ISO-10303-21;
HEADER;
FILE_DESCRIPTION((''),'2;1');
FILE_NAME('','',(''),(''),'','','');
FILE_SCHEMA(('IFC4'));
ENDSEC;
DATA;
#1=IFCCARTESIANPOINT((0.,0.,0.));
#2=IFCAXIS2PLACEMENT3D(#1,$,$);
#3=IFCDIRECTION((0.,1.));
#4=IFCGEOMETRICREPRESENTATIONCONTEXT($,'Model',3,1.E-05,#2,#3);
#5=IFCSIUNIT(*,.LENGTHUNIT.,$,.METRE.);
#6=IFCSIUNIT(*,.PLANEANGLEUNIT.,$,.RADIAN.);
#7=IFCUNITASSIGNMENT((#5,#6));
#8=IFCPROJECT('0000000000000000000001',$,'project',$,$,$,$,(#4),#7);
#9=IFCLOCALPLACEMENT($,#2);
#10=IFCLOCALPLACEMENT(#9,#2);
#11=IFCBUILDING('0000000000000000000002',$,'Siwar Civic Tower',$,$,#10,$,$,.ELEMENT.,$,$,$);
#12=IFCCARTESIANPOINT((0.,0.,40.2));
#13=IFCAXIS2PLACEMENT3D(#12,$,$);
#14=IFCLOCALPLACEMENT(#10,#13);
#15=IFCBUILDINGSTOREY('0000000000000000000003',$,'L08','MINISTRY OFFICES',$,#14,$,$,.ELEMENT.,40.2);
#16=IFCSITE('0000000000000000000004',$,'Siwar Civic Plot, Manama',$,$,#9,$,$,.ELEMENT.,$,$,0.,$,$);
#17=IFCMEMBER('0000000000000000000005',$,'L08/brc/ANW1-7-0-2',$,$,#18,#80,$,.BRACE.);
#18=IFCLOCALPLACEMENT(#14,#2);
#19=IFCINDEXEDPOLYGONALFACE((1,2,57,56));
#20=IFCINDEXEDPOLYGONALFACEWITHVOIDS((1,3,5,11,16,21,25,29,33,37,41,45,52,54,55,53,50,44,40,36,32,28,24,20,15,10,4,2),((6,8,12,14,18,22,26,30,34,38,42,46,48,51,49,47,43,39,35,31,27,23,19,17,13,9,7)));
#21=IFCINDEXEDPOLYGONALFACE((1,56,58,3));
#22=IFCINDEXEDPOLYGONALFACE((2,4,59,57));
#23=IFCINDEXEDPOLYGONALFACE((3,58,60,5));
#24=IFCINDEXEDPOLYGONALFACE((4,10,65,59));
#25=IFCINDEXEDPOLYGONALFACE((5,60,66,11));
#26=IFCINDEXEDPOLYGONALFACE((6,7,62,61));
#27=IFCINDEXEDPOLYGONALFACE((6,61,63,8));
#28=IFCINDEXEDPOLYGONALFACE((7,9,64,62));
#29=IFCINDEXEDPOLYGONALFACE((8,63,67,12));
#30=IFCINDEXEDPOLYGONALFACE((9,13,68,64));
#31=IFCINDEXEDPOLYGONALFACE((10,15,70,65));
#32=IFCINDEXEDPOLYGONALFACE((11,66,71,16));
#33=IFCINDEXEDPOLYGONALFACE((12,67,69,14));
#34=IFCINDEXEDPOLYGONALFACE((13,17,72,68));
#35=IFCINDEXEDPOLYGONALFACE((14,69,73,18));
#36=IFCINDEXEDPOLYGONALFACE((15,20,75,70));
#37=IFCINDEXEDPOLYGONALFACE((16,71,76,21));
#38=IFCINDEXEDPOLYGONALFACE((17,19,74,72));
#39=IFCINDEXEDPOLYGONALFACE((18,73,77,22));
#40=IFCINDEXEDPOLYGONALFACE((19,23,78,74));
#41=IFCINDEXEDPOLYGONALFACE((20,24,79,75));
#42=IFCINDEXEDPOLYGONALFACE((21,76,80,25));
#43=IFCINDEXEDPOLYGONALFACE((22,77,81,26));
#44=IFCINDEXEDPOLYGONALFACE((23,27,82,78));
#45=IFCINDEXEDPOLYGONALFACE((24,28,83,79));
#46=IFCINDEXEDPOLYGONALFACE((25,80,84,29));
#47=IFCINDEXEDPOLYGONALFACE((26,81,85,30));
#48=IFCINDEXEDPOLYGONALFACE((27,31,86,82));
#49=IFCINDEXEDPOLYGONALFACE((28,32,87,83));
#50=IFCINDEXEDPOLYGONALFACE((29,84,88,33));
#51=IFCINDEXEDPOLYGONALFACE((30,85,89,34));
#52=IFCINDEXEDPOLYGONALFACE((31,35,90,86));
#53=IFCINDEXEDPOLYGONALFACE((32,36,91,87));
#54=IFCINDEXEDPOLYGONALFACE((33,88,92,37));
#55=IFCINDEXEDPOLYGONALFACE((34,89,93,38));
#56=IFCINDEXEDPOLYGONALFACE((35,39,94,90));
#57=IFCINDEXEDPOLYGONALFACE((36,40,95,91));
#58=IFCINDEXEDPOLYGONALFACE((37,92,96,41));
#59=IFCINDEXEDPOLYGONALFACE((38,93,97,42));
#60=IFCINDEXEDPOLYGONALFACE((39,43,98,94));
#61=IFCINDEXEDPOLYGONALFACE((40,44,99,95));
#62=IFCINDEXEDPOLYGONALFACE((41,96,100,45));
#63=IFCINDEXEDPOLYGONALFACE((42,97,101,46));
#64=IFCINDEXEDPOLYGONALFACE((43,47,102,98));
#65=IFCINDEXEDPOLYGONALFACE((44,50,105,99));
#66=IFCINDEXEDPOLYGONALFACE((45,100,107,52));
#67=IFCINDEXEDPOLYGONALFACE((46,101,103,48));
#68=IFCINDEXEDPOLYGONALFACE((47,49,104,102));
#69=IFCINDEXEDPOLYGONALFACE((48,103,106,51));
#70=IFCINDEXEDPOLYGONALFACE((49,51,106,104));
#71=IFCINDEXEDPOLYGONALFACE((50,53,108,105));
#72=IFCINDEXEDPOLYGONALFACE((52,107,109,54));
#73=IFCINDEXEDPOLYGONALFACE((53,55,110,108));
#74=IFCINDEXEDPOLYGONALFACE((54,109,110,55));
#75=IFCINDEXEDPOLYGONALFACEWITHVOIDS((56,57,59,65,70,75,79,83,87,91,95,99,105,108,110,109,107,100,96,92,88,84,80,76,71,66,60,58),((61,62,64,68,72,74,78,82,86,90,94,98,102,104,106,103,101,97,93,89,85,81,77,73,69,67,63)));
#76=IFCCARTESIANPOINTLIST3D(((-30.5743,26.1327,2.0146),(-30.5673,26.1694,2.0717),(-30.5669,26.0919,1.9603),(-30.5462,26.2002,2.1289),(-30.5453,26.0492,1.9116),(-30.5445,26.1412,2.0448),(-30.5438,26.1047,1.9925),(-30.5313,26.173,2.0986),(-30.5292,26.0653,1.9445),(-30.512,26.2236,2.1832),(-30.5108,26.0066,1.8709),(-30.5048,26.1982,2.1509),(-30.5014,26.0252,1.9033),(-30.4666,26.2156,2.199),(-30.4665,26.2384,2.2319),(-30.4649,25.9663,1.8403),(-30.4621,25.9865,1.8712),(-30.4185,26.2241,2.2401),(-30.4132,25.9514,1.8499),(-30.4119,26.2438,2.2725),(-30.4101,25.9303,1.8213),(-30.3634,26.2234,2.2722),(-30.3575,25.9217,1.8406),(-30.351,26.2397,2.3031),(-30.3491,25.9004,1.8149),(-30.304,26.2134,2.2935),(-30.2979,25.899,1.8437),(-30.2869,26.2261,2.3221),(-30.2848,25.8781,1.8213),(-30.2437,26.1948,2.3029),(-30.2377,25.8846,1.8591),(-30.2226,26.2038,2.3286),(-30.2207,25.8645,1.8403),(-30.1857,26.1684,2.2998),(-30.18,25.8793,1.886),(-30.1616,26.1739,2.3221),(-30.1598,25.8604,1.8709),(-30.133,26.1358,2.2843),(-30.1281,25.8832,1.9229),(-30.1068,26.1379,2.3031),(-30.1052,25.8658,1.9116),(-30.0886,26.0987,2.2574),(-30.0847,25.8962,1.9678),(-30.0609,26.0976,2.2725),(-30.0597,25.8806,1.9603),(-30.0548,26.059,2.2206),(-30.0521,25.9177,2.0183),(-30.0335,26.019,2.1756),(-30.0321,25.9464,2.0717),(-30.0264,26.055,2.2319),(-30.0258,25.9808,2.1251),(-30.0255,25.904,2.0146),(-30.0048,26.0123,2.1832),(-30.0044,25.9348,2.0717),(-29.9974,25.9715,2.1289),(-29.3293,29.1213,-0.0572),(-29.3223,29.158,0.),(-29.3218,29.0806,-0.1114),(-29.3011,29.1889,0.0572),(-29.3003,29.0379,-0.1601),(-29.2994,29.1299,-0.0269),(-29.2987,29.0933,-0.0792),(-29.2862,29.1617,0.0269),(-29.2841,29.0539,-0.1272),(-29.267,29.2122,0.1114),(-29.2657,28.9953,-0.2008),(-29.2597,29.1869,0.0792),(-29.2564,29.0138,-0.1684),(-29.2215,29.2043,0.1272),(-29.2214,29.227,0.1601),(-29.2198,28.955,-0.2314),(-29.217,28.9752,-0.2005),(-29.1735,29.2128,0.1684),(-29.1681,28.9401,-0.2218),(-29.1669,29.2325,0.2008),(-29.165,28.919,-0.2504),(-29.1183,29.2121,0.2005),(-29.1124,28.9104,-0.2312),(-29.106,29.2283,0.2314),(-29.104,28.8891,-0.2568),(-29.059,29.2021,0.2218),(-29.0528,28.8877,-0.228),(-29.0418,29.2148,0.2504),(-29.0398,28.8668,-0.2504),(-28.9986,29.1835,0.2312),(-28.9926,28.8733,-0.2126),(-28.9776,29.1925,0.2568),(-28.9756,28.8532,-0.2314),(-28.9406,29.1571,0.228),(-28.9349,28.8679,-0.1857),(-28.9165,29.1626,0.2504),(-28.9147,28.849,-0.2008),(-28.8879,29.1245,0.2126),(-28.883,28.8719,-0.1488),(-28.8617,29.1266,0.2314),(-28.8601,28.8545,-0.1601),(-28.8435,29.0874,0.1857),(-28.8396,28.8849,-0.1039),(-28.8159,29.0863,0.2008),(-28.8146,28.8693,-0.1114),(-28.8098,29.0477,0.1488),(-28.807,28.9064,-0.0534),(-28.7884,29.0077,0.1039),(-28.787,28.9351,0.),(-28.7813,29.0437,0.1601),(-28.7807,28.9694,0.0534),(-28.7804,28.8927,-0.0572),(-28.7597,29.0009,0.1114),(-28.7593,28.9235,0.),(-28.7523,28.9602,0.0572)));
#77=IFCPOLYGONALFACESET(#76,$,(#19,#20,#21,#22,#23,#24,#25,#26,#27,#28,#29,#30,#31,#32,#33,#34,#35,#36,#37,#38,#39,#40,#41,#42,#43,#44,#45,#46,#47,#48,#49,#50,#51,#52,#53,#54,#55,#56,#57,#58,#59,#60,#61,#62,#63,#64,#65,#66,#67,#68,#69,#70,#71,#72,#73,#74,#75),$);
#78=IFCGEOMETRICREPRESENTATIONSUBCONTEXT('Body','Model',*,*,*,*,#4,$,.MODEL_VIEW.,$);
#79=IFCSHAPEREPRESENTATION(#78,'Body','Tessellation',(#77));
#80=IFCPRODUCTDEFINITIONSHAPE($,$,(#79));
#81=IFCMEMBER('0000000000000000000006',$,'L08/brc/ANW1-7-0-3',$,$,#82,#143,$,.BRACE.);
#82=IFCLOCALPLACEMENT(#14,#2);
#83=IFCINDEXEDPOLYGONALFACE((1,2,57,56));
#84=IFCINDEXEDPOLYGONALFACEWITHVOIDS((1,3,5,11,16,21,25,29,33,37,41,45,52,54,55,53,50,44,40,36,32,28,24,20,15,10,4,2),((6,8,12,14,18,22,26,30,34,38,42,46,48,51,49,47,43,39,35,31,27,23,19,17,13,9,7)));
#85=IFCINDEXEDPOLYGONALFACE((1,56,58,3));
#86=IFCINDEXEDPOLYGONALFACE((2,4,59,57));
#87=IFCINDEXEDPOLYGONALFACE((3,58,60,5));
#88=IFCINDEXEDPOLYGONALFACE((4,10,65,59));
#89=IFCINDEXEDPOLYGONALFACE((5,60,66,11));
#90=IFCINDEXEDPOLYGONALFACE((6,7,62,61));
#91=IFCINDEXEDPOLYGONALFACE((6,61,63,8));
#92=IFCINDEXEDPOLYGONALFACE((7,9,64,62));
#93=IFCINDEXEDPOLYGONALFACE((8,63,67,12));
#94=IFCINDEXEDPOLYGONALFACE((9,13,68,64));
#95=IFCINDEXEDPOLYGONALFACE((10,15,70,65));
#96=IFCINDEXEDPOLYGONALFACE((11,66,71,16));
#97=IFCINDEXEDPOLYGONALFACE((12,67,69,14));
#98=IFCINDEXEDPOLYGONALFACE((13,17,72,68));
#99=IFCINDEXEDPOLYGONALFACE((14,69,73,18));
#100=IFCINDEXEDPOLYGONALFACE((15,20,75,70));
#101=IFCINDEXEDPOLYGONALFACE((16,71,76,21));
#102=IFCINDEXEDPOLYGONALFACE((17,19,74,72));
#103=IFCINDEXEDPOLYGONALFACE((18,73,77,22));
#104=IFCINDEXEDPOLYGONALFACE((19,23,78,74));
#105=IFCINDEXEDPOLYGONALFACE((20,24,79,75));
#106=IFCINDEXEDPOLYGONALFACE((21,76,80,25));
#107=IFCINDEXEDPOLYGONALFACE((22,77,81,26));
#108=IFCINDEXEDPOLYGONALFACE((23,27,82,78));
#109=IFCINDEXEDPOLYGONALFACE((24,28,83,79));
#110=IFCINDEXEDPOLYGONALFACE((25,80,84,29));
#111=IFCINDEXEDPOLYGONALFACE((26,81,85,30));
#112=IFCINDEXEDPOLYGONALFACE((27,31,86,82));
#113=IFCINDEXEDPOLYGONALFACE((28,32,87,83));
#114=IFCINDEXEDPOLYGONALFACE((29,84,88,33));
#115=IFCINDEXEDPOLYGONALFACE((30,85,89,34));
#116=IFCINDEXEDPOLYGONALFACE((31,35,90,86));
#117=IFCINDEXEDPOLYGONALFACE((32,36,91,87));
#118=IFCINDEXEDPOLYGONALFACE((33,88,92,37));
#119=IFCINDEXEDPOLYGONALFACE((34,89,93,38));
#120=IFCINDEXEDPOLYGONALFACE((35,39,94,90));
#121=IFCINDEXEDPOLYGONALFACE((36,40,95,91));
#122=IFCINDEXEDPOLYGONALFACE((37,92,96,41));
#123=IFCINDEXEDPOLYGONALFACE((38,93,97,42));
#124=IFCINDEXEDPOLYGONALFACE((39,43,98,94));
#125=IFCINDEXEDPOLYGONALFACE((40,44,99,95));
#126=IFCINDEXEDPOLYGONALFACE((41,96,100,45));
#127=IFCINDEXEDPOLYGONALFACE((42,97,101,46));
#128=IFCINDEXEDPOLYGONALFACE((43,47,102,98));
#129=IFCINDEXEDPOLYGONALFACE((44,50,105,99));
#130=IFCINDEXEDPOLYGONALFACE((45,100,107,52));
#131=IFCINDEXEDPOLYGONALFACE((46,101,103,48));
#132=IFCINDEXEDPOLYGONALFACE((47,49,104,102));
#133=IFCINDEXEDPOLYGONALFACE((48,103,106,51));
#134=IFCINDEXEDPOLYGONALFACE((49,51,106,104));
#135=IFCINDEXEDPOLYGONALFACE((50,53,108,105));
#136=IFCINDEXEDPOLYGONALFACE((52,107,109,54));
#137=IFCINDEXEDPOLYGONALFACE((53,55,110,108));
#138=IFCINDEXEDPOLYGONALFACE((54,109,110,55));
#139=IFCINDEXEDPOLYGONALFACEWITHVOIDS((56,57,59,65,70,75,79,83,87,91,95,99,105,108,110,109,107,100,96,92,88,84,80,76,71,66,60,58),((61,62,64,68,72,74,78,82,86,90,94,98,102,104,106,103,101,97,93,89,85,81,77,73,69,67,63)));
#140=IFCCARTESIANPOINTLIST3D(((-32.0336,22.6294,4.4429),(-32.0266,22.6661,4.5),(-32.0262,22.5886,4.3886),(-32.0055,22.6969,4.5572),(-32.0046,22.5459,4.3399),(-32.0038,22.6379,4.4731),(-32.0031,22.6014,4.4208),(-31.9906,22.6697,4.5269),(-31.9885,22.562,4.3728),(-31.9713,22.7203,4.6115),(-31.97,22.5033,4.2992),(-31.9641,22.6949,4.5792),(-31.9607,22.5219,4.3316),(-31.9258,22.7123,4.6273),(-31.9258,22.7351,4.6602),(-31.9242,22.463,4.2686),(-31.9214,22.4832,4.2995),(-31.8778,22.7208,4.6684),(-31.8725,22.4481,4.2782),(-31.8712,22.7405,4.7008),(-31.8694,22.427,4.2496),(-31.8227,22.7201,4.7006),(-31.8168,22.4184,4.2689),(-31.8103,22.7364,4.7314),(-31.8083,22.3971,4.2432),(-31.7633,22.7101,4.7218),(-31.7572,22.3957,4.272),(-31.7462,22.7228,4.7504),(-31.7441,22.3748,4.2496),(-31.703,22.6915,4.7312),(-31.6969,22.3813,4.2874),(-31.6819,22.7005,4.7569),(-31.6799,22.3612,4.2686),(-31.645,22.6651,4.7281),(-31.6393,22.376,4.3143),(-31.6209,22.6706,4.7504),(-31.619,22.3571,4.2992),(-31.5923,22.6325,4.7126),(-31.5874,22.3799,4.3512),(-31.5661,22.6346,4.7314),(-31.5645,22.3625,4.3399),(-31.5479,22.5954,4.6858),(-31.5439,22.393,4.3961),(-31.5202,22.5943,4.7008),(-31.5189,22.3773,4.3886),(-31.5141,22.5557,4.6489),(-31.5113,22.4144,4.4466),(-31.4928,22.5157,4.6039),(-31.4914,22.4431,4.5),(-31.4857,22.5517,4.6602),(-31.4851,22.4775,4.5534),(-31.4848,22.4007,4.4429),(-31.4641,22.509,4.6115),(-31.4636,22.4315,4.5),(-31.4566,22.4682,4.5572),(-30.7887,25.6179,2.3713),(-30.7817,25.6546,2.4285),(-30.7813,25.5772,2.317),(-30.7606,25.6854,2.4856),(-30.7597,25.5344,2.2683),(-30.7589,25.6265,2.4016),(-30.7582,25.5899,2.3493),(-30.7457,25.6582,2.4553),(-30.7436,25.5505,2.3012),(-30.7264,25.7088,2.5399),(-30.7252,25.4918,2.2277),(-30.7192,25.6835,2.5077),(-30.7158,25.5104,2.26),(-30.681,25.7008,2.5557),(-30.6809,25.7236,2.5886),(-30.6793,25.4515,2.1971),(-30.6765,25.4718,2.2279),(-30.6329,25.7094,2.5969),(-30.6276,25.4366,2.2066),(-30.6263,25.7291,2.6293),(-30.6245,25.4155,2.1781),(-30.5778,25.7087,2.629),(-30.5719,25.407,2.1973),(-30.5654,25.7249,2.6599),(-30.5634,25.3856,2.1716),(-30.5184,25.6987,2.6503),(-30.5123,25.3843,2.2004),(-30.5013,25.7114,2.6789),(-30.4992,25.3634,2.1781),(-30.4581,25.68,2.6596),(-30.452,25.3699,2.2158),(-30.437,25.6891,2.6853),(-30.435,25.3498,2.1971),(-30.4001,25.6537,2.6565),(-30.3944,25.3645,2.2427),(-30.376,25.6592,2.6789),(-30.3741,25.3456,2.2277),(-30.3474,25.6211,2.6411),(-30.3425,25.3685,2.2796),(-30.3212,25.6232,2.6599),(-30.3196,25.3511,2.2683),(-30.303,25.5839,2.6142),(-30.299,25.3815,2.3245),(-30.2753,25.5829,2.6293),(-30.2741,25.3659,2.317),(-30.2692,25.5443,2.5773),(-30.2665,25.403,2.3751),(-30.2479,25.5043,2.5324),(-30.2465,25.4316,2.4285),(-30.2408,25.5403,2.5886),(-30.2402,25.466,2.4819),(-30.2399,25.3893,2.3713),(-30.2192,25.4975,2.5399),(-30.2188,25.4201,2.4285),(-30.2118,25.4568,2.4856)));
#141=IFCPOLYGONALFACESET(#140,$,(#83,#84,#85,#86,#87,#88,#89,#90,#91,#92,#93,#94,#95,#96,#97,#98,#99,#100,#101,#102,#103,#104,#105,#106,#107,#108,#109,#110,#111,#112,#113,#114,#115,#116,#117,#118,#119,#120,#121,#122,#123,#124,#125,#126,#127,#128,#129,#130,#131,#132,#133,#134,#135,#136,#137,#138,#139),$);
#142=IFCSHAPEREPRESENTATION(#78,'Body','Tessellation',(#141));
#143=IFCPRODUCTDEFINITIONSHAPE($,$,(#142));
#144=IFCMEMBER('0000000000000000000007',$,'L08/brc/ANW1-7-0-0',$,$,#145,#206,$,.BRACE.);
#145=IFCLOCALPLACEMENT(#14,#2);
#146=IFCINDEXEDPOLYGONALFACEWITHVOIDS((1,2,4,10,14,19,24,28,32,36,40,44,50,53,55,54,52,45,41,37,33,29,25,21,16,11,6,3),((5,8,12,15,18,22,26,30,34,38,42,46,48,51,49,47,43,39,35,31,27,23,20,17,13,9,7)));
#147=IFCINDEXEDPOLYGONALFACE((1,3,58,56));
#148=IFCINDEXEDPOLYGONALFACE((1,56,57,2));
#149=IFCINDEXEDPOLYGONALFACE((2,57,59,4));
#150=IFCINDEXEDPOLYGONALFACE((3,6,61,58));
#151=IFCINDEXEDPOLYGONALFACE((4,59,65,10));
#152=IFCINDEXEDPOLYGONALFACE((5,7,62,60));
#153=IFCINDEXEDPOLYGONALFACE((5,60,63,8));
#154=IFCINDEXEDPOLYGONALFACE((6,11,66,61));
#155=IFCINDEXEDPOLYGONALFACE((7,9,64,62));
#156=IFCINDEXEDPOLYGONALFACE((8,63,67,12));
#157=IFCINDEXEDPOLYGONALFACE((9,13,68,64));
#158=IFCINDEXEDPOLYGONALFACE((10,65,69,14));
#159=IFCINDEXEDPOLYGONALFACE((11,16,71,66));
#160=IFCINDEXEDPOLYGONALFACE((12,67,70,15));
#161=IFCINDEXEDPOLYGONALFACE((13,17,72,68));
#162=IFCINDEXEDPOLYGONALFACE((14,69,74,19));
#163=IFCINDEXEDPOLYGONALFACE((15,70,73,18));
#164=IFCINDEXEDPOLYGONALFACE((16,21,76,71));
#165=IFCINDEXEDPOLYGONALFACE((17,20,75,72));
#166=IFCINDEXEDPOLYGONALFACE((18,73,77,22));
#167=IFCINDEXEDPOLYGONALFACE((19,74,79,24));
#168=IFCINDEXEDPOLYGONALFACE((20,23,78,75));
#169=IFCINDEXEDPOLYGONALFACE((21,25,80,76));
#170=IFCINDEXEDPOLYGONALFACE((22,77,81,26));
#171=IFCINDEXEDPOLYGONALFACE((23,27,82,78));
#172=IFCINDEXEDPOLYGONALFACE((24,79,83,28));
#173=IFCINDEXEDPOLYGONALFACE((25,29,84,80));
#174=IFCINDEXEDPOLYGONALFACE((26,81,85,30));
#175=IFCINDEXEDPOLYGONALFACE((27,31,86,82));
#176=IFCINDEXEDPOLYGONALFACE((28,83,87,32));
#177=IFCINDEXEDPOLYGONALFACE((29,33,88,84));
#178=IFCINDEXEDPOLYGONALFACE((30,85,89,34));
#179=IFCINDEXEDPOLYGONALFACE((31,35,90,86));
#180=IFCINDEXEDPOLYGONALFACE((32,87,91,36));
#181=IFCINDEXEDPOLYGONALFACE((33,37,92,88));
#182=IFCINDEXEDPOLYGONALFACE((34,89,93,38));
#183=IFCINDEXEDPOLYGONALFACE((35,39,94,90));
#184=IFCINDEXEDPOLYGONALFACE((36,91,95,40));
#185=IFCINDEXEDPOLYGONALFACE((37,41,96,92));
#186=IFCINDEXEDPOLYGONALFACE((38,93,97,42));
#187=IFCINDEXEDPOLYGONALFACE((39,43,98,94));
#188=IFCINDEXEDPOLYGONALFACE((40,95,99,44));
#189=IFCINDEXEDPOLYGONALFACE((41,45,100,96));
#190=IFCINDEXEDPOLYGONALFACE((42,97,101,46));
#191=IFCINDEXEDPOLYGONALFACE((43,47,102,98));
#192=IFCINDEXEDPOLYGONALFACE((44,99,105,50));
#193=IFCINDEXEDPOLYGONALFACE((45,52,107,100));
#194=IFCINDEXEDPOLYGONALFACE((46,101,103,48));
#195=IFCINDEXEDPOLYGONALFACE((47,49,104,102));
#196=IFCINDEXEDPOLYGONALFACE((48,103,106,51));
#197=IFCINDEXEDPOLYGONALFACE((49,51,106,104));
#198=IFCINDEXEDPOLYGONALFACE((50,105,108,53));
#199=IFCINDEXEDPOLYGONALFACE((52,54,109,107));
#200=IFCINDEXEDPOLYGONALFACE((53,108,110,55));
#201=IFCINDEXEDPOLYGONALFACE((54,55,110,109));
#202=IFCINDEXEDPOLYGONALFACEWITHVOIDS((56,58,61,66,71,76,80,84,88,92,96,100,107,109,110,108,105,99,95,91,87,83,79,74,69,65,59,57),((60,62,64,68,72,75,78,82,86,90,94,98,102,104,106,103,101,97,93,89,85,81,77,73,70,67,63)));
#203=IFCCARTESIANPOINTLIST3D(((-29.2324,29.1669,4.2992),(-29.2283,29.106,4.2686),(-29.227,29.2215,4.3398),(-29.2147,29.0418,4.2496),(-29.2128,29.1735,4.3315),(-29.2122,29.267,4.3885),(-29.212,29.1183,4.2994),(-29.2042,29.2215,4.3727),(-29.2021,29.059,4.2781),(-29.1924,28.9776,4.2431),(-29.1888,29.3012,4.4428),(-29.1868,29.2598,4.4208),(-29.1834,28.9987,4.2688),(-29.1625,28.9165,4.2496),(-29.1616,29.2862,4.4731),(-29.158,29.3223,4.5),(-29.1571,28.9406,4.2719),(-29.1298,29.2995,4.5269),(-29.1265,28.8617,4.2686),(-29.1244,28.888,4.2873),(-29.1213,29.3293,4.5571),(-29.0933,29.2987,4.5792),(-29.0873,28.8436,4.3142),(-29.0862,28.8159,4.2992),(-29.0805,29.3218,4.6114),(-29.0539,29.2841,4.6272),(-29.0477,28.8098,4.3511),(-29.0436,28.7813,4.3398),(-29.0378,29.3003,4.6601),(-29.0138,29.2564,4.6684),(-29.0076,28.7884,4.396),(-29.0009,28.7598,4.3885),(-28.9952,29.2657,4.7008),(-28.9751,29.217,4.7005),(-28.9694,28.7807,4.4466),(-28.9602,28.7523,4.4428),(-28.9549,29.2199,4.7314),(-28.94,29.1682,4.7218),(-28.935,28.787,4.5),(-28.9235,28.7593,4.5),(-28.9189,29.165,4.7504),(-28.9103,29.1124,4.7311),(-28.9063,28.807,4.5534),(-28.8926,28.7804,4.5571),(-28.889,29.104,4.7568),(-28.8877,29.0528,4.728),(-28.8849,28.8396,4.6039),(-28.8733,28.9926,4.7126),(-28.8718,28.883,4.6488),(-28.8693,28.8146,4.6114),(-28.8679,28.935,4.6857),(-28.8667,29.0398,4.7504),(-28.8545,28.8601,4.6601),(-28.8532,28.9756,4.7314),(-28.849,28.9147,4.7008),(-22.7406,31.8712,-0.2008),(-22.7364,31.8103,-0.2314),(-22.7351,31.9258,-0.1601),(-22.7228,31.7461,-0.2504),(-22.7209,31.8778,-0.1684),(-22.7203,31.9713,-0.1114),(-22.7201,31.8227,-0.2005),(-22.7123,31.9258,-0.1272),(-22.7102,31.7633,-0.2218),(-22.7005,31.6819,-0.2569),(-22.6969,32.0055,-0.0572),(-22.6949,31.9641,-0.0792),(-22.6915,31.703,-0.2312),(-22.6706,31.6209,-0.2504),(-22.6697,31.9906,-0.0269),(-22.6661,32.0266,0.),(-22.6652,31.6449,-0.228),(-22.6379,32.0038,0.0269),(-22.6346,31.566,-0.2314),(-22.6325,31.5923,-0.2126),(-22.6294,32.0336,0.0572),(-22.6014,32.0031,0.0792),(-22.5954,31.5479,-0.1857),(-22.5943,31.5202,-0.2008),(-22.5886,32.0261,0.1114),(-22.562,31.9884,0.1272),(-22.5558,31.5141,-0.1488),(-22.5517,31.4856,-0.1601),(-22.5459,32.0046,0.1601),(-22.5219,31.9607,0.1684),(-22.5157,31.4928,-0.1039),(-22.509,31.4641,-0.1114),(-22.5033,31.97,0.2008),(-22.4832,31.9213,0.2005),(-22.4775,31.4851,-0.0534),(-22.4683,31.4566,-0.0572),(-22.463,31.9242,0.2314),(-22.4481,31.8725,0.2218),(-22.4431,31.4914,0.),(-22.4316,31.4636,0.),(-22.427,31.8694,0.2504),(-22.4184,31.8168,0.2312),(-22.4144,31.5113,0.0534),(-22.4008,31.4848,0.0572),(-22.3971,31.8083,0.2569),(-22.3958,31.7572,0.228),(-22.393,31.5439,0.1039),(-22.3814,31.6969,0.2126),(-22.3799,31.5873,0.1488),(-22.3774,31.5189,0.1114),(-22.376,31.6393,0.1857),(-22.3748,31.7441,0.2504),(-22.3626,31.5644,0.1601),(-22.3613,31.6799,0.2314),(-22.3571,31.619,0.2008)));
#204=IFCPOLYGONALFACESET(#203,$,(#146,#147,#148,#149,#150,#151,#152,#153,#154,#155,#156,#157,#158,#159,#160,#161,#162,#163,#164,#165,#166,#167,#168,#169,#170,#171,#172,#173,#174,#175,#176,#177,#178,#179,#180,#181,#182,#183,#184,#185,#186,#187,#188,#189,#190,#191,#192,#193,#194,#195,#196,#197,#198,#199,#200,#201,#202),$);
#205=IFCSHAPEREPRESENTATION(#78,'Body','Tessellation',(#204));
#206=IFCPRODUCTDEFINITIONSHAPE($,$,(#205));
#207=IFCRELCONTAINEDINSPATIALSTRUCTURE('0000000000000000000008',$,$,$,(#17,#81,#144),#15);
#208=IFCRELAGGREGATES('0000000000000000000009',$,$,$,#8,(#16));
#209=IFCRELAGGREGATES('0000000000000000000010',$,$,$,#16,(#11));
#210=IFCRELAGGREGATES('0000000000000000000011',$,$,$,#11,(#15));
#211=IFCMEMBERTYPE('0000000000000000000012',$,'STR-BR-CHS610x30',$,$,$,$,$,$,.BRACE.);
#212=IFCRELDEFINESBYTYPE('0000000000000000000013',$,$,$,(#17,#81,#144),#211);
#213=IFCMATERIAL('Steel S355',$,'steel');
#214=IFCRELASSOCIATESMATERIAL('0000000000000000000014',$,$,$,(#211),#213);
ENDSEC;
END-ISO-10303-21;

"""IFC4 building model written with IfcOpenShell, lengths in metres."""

from ifc_helpers import new_model, si_unit, direction, frame, origin, origin_2d, place, context, subcontext, project, spatial, hollow_circle, extrude, material, material_profile, profile_set, type_object, element, save


model = new_model("IFC4")

# Units and contexts
model_context = context("Model", 3, precision=1e-05, world=origin(), true_north=direction((0.0, 1.0)))
body_context = subcontext(model_context, "Body", "Model", "MODEL_VIEW")
ifc_project = project(units=[si_unit("LENGTHUNIT", "METRE"), si_unit("PLANEANGLEUNIT", "RADIAN")], contexts=[model_context])

# Site, building, storey
site_placement = place(None, origin())
site = spatial("IfcSite", under=ifc_project, at=site_placement, Name="Siwar Civic Plot, Manama", CompositionType="ELEMENT", RefElevation=0.0)
building_placement = place(site_placement, origin())
building = spatial("IfcBuilding", under=site, at=building_placement, Name="Siwar Civic Tower", CompositionType="ELEMENT")
storey_placement = place(building_placement, frame((0.0, 0.0, 40.2)))
storey = spatial("IfcBuildingStorey", under=building, at=storey_placement, Name="L08", Description="MINISTRY OFFICES", CompositionType="ELEMENT", Elevation=40.2)

# Members
ifc_material_1 = material(Name="Steel S355", Category="steel")
ifc_material_profile_1 = material_profile(ifc_material_1, hollow_circle(Radius=0.3049, WallThickness=0.03, at=origin_2d()), Name="CHS610x30")
ifc_profile_set_1 = profile_set([ifc_material_profile_1], Name="Steel S355")
member_type_1 = type_object("IfcMemberType", Name="STR-BR-CHS610x30", PredefinedType="BRACE", material=ifc_profile_set_1)
member_1_placement = place(storey_placement, frame((-29.0408, 29.0408, 0.0), z_axis=(-0.323923, -0.777542, 0.538982), x_axis=(0.923099, -0.384562, 0.0)))
element("IfcMember", 1, at=member_1_placement, inside=storey, type_object=member_type_1, Name="L08/brc/ANW1-7-0-2", PredefinedType="BRACE", context=body_context, shape_type="SweptSolid", body=[
    extrude(hollow_circle(Radius=0.3049, WallThickness=0.03, at=origin_2d()), origin(), (0.0, 0.0, 1.0), 3.8438),
])
member_2_placement = place(storey_placement, frame((-30.5002, 25.5374, 2.4285), z_axis=(-0.323893, -0.77756, 0.538975), x_axis=(0.923115, -0.384524, 0.0)))
element("IfcMember", 2, at=member_2_placement, inside=storey, type_object=member_type_1, Name="L08/brc/ANW1-7-0-3", PredefinedType="BRACE", context=body_context, shape_type="SweptSolid", body=[
    extrude(hollow_circle(Radius=0.3049, WallThickness=0.03, at=origin_2d()), origin(), (0.0, 0.0, 1.0), 3.8435),
])
member_3_placement = place(storey_placement, frame((-22.5488, 31.7451, 0.0), z_axis=(-0.777555, -0.323906, 0.538975), x_axis=(0.384539, -0.923109, 0.0)))
element("IfcMember", 3, at=member_3_placement, inside=storey, type_object=member_type_1, Name="L08/brc/ANW1-7-0-0", PredefinedType="BRACE", context=body_context, shape_type="SweptSolid", body=[
    extrude(hollow_circle(Radius=0.3049, WallThickness=0.03, at=origin_2d()), origin(), (0.0, 0.0, 1.0), 8.3491),
])

save(model, "model.ifc")
